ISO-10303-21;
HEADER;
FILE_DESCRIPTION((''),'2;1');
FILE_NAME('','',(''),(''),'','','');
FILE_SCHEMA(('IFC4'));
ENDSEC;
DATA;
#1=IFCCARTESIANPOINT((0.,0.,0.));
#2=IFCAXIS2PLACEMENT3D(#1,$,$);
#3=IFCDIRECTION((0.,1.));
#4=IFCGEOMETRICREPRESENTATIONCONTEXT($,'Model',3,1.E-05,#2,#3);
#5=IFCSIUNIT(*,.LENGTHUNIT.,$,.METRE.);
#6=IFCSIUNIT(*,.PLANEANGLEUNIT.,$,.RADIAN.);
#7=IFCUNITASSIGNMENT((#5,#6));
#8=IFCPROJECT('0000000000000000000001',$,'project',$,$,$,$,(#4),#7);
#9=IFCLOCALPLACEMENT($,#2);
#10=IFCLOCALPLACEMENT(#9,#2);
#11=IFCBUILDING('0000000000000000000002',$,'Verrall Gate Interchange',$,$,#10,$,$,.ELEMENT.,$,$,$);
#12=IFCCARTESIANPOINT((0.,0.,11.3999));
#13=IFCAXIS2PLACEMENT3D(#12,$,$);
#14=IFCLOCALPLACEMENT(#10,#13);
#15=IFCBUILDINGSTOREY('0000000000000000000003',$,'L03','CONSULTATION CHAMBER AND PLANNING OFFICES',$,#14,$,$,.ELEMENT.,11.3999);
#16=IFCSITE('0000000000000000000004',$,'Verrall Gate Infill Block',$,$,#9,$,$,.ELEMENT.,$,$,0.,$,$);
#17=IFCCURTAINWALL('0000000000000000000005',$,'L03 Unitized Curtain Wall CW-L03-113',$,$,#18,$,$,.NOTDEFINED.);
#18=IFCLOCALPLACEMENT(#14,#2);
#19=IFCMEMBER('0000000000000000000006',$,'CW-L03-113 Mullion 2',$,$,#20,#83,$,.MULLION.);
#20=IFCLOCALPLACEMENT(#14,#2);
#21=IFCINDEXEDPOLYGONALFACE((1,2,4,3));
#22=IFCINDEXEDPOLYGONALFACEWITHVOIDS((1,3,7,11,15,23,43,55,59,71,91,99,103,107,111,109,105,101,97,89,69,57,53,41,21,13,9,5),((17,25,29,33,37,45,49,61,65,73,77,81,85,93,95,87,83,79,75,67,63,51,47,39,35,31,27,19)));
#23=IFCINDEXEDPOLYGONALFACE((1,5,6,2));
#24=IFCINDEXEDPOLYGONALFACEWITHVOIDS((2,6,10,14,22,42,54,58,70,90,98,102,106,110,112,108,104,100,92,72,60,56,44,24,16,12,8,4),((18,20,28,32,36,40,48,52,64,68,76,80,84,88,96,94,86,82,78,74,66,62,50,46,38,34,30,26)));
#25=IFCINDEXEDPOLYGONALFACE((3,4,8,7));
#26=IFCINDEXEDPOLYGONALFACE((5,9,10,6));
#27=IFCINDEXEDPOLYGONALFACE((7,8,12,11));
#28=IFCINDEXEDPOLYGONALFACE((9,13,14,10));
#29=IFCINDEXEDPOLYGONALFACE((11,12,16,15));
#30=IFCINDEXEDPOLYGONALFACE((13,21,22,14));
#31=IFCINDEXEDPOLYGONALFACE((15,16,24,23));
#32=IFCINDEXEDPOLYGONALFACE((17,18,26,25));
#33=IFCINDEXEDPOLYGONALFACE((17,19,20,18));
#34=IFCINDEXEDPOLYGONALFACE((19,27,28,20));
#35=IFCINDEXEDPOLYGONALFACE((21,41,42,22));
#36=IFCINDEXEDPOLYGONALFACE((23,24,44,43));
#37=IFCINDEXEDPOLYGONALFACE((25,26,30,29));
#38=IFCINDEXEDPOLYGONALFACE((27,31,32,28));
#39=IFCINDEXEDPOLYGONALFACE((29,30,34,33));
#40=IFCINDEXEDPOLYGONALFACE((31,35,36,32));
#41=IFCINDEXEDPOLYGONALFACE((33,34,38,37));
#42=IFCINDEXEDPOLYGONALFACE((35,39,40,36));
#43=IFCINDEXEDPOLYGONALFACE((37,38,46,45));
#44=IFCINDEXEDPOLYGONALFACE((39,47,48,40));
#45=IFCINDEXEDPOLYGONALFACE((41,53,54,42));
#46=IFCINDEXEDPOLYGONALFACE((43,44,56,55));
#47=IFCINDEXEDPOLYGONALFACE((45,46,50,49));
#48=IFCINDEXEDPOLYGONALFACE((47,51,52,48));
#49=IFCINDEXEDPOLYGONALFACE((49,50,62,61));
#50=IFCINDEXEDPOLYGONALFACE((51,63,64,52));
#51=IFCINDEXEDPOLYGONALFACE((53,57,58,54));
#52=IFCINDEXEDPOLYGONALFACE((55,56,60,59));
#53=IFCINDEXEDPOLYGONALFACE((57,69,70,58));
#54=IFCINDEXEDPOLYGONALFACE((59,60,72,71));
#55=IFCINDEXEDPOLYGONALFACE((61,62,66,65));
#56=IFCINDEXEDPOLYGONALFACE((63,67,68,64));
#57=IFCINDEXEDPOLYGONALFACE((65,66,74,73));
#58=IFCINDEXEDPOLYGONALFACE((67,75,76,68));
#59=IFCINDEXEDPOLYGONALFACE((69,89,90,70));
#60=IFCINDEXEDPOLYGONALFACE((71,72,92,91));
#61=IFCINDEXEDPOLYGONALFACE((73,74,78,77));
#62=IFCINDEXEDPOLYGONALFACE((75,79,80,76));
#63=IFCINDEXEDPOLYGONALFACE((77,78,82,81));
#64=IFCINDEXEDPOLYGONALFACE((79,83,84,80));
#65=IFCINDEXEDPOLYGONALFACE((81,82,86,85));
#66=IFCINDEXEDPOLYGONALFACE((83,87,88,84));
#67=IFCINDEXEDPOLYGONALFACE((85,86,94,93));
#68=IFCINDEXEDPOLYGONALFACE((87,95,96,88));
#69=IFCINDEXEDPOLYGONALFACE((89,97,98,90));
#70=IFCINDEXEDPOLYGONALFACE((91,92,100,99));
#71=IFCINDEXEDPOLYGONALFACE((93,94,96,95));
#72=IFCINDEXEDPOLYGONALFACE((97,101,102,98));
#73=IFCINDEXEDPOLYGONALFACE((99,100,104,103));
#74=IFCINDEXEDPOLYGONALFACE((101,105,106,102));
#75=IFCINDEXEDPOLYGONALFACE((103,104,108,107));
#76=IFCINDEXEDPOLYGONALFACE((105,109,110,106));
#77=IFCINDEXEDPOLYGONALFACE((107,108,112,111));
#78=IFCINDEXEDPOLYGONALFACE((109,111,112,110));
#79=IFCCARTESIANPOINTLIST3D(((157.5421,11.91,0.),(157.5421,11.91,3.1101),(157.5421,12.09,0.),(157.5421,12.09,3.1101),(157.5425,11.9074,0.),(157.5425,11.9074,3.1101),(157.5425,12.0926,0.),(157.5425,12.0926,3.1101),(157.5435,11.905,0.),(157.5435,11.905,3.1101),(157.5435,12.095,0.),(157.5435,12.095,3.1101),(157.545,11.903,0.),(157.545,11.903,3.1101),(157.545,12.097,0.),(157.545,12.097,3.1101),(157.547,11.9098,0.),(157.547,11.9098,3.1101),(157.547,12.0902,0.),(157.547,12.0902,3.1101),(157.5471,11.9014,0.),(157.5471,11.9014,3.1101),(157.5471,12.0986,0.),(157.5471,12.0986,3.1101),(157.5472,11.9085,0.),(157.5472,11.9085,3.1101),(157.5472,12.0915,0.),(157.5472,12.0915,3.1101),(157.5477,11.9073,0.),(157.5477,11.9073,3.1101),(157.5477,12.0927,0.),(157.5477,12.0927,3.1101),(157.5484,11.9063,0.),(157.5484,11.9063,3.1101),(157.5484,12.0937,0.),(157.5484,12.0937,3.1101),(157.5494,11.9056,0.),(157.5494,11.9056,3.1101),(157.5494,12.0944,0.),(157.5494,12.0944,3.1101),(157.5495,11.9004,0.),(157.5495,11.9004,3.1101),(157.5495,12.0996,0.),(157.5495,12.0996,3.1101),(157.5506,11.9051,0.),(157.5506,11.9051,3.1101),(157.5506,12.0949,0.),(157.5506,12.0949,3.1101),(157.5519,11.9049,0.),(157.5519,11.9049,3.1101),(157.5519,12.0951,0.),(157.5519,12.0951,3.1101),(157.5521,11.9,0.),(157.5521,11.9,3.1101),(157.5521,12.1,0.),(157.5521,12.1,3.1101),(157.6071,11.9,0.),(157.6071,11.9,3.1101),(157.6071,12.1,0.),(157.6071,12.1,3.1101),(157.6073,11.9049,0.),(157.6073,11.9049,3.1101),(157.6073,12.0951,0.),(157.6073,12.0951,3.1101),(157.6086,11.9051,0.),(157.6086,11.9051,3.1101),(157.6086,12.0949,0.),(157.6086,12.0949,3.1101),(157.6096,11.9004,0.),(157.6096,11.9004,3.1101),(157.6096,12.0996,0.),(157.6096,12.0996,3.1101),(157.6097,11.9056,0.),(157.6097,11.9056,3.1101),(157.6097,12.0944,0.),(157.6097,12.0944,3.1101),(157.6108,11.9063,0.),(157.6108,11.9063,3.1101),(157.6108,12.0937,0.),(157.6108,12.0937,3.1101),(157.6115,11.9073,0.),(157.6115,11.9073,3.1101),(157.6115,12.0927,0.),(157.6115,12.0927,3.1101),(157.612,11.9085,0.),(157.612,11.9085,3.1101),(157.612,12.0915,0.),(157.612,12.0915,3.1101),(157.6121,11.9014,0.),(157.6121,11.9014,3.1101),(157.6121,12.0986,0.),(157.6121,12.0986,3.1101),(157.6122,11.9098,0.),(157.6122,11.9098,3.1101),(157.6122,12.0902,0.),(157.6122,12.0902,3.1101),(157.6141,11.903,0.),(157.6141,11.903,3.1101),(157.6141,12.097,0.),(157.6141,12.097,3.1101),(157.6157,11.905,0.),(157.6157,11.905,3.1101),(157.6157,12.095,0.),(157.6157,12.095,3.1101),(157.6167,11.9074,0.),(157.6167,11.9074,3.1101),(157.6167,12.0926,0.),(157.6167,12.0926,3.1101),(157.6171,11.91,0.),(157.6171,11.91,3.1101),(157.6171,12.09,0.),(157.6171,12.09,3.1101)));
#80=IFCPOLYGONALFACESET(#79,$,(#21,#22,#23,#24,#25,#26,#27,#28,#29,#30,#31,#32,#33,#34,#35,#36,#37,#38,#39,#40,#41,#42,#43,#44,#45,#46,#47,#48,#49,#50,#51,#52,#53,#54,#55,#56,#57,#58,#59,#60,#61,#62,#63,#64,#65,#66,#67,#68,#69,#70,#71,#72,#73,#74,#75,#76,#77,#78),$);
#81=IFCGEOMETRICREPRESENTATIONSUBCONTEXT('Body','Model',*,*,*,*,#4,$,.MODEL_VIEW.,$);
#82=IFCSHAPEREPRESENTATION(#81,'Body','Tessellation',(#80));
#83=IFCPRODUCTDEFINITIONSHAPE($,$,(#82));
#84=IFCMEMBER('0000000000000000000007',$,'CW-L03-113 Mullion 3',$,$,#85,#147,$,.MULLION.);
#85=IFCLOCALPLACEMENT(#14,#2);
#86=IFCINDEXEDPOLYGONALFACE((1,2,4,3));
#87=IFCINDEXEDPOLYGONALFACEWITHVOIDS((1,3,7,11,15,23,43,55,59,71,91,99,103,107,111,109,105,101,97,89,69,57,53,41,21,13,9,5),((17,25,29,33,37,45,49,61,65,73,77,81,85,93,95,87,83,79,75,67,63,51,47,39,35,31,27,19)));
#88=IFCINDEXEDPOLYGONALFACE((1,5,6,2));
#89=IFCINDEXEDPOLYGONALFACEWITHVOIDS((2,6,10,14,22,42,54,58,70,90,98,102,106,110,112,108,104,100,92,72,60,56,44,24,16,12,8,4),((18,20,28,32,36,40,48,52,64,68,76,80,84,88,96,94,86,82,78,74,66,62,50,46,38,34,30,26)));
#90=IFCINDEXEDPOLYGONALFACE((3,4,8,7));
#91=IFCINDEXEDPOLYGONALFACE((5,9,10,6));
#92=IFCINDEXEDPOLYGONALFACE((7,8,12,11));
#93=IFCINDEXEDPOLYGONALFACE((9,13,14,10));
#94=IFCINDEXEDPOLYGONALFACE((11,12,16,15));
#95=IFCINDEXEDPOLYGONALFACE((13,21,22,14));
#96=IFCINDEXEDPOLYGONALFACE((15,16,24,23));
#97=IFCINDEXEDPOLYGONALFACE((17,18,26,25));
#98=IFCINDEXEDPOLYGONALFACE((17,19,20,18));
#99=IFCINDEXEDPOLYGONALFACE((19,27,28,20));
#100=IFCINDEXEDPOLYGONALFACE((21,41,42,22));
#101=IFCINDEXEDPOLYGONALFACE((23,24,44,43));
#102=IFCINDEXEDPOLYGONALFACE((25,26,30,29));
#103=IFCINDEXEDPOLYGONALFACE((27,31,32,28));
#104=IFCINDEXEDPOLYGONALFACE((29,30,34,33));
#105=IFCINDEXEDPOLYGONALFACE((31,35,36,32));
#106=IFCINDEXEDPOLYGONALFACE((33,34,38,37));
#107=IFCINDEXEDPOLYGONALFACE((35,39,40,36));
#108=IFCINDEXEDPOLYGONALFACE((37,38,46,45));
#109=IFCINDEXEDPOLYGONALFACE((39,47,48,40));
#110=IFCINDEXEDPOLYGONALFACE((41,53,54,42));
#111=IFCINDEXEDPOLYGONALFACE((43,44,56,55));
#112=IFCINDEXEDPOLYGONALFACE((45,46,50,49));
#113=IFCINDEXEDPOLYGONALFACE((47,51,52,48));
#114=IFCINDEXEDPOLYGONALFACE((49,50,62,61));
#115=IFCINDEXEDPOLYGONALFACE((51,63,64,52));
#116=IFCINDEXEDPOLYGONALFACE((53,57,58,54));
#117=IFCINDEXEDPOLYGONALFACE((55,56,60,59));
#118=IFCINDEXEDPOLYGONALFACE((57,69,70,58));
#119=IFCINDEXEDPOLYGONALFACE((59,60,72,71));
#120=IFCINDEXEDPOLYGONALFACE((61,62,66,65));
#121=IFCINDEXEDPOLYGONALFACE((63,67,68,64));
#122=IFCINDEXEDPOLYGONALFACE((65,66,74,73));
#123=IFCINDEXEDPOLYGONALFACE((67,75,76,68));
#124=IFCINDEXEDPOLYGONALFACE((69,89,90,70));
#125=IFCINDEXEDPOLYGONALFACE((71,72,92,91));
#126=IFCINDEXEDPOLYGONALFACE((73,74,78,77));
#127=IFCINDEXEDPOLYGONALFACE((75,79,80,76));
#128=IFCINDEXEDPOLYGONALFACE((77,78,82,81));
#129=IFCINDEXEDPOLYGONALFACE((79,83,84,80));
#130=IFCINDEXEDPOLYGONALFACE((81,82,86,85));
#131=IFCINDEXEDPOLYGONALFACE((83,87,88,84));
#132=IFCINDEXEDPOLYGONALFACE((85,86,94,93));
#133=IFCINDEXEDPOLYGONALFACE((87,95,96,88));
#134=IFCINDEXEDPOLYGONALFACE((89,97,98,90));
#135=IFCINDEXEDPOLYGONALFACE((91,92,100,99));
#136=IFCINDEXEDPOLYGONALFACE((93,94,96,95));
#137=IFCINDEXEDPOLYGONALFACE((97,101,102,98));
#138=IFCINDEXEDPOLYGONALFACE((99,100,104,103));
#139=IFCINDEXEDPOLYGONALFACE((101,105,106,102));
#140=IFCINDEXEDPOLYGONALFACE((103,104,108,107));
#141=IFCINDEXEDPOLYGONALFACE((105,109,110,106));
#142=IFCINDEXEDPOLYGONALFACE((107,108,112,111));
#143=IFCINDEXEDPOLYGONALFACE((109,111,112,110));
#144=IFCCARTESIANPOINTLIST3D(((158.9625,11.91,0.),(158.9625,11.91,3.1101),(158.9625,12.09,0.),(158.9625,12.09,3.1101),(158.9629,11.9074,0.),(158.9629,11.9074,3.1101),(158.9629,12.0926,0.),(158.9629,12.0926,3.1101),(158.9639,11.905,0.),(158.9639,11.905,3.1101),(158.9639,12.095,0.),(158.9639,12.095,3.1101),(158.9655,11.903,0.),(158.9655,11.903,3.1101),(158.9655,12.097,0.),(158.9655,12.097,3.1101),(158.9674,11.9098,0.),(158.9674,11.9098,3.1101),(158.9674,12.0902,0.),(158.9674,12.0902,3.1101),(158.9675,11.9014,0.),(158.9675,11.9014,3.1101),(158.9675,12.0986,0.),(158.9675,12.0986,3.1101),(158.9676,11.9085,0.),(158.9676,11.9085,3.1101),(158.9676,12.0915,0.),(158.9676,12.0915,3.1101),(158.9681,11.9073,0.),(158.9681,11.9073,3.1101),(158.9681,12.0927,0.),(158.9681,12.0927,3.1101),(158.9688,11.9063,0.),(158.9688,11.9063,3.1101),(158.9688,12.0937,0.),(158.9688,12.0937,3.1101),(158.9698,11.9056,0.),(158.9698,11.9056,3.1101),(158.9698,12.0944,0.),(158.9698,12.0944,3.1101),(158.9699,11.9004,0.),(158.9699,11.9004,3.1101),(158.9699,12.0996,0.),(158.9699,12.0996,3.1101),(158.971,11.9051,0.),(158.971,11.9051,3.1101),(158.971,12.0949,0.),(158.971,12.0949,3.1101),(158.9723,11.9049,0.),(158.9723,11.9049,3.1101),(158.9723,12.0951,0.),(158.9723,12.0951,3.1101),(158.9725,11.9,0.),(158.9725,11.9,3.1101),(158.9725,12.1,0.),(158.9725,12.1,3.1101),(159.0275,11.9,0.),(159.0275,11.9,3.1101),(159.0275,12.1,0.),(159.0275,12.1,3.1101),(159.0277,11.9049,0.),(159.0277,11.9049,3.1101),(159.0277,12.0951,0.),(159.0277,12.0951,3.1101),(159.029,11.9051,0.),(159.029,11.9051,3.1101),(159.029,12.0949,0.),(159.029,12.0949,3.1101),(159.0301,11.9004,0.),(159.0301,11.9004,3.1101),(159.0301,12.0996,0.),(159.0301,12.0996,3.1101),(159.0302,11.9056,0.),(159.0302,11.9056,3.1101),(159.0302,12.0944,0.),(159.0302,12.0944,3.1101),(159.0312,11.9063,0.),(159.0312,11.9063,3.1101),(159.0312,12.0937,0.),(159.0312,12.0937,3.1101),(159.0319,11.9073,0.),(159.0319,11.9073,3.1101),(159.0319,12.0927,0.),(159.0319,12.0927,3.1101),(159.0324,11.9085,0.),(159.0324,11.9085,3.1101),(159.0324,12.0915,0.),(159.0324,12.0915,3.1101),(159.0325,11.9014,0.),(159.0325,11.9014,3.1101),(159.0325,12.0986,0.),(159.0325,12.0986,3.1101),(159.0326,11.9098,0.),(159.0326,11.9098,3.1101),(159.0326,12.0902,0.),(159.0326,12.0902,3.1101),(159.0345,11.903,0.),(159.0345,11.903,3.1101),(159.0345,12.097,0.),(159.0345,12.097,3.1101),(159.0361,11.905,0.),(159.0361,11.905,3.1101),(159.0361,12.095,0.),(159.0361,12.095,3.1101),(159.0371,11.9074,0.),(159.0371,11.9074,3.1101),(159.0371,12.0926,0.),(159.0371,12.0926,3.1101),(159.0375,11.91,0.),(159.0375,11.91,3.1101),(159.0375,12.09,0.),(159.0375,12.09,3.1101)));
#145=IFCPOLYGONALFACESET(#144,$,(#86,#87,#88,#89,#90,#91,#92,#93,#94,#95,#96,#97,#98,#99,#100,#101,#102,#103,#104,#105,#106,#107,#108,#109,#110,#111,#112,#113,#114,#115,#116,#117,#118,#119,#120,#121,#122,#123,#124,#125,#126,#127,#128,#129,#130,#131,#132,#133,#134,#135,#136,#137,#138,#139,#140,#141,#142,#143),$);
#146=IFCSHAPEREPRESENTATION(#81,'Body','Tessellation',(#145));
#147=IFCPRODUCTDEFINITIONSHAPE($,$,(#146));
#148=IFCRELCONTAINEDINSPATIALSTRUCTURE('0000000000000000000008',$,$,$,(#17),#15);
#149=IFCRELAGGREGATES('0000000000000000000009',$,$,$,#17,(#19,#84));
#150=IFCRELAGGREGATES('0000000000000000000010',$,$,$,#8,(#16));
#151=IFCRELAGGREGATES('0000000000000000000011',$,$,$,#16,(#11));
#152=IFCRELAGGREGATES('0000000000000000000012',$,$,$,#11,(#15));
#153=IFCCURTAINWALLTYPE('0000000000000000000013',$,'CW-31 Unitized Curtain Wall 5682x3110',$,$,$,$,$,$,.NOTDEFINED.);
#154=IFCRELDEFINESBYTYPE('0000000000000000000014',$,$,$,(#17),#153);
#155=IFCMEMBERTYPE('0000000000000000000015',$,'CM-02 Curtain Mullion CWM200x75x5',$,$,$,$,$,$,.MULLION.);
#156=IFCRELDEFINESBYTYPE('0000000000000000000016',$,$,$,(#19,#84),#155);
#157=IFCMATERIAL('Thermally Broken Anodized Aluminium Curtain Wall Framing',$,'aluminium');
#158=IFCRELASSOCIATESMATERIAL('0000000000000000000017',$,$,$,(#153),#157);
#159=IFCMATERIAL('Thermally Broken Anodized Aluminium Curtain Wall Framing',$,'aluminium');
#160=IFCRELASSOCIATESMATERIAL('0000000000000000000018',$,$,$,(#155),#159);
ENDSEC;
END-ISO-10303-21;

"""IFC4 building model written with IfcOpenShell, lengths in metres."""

from ifc_helpers import new_model, si_unit, direction, frame, origin, origin_2d, place, context, subcontext, project, spatial, hollow_rectangle, extrude, material, material_profile, profile_set, type_object, element, aggregate, save


model = new_model("IFC4")

# Units and contexts
model_context = context("Model", 3, precision=1e-05, world=origin(), true_north=direction((0.0, 1.0)))
body_context = subcontext(model_context, "Body", "Model", "MODEL_VIEW")
ifc_project = project(units=[si_unit("LENGTHUNIT", "METRE"), si_unit("PLANEANGLEUNIT", "RADIAN")], contexts=[model_context])

# Site, building, storey
site_placement = place(None, origin())
site = spatial("IfcSite", under=ifc_project, at=site_placement, Name="Verrall Gate Infill Block", CompositionType="ELEMENT", RefElevation=0.0)
building_placement = place(site_placement, origin())
building = spatial("IfcBuilding", under=site, at=building_placement, Name="Verrall Gate Interchange", CompositionType="ELEMENT")
storey_placement = place(building_placement, frame((0.0, 0.0, 11.3999)))
storey = spatial("IfcBuildingStorey", under=building, at=storey_placement, Name="L03", Description="CONSULTATION CHAMBER AND PLANNING OFFICES", CompositionType="ELEMENT", Elevation=11.3999)

# Shared definitions
ifc_material_1 = material(Name="Thermally Broken Anodized Aluminium Curtain Wall Framing", Category="aluminium")
curtain_wall_type = type_object("IfcCurtainWallType", Name="CW-31 Unitized Curtain Wall 5682x3110", PredefinedType="NOTDEFINED", material=ifc_material_1)

# Curtain wall, members
curtain_wall_1_placement = place(storey_placement, origin())
curtain_wall_1 = element("IfcCurtainWall", 1, at=curtain_wall_1_placement, inside=storey, type_object=curtain_wall_type, Name="L03 Unitized Curtain Wall CW-L03-113", PredefinedType="NOTDEFINED")
ifc_material_2 = material(Name="Thermally Broken Anodized Aluminium Curtain Wall Framing", Category="aluminium")
ifc_material_profile_1 = material_profile(ifc_material_2, hollow_rectangle(XDim=0.075, YDim=0.2, WallThickness=0.0049, InnerFilletRadius=0.0049, OuterFilletRadius=0.01, at=origin_2d()), Name="CWM200x75x5")
ifc_profile_set_1 = profile_set([ifc_material_profile_1], Name="Thermally Broken Anodized Aluminium Curtain Wall Framing")
member_type_1 = type_object("IfcMemberType", Name="CM-02 Curtain Mullion CWM200x75x5", PredefinedType="MULLION", material=ifc_profile_set_1)
member_1_placement = place(storey_placement, frame((157.5796, 12.0, 0.0), z_axis=(0.0, 0.0, 1.0), x_axis=(1.0, 0.0, 0.0)))
member_1 = element("IfcMember", 2, at=member_1_placement, type_object=member_type_1, Name="CW-L03-113 Mullion 2", PredefinedType="MULLION", context=body_context, shape_type="SweptSolid", body=[
    extrude(hollow_rectangle(XDim=0.075, YDim=0.2, WallThickness=0.0049, InnerFilletRadius=0.0049, OuterFilletRadius=0.01, at=origin_2d()), origin(), (0.0, 0.0, 1.0), 3.1101),
])
member_2_placement = place(storey_placement, frame((159.0, 12.0, 0.0), z_axis=(0.0, 0.0, 1.0), x_axis=(1.0, 0.0, 0.0)))
member_2 = element("IfcMember", 3, at=member_2_placement, type_object=member_type_1, Name="CW-L03-113 Mullion 3", PredefinedType="MULLION", context=body_context, shape_type="SweptSolid", body=[
    extrude(hollow_rectangle(XDim=0.075, YDim=0.2, WallThickness=0.0049, InnerFilletRadius=0.0049, OuterFilletRadius=0.01, at=origin_2d()), origin(), (0.0, 0.0, 1.0), 3.1101),
])

aggregate(curtain_wall_1, [member_1, member_2])

save(model, "model.ifc")
